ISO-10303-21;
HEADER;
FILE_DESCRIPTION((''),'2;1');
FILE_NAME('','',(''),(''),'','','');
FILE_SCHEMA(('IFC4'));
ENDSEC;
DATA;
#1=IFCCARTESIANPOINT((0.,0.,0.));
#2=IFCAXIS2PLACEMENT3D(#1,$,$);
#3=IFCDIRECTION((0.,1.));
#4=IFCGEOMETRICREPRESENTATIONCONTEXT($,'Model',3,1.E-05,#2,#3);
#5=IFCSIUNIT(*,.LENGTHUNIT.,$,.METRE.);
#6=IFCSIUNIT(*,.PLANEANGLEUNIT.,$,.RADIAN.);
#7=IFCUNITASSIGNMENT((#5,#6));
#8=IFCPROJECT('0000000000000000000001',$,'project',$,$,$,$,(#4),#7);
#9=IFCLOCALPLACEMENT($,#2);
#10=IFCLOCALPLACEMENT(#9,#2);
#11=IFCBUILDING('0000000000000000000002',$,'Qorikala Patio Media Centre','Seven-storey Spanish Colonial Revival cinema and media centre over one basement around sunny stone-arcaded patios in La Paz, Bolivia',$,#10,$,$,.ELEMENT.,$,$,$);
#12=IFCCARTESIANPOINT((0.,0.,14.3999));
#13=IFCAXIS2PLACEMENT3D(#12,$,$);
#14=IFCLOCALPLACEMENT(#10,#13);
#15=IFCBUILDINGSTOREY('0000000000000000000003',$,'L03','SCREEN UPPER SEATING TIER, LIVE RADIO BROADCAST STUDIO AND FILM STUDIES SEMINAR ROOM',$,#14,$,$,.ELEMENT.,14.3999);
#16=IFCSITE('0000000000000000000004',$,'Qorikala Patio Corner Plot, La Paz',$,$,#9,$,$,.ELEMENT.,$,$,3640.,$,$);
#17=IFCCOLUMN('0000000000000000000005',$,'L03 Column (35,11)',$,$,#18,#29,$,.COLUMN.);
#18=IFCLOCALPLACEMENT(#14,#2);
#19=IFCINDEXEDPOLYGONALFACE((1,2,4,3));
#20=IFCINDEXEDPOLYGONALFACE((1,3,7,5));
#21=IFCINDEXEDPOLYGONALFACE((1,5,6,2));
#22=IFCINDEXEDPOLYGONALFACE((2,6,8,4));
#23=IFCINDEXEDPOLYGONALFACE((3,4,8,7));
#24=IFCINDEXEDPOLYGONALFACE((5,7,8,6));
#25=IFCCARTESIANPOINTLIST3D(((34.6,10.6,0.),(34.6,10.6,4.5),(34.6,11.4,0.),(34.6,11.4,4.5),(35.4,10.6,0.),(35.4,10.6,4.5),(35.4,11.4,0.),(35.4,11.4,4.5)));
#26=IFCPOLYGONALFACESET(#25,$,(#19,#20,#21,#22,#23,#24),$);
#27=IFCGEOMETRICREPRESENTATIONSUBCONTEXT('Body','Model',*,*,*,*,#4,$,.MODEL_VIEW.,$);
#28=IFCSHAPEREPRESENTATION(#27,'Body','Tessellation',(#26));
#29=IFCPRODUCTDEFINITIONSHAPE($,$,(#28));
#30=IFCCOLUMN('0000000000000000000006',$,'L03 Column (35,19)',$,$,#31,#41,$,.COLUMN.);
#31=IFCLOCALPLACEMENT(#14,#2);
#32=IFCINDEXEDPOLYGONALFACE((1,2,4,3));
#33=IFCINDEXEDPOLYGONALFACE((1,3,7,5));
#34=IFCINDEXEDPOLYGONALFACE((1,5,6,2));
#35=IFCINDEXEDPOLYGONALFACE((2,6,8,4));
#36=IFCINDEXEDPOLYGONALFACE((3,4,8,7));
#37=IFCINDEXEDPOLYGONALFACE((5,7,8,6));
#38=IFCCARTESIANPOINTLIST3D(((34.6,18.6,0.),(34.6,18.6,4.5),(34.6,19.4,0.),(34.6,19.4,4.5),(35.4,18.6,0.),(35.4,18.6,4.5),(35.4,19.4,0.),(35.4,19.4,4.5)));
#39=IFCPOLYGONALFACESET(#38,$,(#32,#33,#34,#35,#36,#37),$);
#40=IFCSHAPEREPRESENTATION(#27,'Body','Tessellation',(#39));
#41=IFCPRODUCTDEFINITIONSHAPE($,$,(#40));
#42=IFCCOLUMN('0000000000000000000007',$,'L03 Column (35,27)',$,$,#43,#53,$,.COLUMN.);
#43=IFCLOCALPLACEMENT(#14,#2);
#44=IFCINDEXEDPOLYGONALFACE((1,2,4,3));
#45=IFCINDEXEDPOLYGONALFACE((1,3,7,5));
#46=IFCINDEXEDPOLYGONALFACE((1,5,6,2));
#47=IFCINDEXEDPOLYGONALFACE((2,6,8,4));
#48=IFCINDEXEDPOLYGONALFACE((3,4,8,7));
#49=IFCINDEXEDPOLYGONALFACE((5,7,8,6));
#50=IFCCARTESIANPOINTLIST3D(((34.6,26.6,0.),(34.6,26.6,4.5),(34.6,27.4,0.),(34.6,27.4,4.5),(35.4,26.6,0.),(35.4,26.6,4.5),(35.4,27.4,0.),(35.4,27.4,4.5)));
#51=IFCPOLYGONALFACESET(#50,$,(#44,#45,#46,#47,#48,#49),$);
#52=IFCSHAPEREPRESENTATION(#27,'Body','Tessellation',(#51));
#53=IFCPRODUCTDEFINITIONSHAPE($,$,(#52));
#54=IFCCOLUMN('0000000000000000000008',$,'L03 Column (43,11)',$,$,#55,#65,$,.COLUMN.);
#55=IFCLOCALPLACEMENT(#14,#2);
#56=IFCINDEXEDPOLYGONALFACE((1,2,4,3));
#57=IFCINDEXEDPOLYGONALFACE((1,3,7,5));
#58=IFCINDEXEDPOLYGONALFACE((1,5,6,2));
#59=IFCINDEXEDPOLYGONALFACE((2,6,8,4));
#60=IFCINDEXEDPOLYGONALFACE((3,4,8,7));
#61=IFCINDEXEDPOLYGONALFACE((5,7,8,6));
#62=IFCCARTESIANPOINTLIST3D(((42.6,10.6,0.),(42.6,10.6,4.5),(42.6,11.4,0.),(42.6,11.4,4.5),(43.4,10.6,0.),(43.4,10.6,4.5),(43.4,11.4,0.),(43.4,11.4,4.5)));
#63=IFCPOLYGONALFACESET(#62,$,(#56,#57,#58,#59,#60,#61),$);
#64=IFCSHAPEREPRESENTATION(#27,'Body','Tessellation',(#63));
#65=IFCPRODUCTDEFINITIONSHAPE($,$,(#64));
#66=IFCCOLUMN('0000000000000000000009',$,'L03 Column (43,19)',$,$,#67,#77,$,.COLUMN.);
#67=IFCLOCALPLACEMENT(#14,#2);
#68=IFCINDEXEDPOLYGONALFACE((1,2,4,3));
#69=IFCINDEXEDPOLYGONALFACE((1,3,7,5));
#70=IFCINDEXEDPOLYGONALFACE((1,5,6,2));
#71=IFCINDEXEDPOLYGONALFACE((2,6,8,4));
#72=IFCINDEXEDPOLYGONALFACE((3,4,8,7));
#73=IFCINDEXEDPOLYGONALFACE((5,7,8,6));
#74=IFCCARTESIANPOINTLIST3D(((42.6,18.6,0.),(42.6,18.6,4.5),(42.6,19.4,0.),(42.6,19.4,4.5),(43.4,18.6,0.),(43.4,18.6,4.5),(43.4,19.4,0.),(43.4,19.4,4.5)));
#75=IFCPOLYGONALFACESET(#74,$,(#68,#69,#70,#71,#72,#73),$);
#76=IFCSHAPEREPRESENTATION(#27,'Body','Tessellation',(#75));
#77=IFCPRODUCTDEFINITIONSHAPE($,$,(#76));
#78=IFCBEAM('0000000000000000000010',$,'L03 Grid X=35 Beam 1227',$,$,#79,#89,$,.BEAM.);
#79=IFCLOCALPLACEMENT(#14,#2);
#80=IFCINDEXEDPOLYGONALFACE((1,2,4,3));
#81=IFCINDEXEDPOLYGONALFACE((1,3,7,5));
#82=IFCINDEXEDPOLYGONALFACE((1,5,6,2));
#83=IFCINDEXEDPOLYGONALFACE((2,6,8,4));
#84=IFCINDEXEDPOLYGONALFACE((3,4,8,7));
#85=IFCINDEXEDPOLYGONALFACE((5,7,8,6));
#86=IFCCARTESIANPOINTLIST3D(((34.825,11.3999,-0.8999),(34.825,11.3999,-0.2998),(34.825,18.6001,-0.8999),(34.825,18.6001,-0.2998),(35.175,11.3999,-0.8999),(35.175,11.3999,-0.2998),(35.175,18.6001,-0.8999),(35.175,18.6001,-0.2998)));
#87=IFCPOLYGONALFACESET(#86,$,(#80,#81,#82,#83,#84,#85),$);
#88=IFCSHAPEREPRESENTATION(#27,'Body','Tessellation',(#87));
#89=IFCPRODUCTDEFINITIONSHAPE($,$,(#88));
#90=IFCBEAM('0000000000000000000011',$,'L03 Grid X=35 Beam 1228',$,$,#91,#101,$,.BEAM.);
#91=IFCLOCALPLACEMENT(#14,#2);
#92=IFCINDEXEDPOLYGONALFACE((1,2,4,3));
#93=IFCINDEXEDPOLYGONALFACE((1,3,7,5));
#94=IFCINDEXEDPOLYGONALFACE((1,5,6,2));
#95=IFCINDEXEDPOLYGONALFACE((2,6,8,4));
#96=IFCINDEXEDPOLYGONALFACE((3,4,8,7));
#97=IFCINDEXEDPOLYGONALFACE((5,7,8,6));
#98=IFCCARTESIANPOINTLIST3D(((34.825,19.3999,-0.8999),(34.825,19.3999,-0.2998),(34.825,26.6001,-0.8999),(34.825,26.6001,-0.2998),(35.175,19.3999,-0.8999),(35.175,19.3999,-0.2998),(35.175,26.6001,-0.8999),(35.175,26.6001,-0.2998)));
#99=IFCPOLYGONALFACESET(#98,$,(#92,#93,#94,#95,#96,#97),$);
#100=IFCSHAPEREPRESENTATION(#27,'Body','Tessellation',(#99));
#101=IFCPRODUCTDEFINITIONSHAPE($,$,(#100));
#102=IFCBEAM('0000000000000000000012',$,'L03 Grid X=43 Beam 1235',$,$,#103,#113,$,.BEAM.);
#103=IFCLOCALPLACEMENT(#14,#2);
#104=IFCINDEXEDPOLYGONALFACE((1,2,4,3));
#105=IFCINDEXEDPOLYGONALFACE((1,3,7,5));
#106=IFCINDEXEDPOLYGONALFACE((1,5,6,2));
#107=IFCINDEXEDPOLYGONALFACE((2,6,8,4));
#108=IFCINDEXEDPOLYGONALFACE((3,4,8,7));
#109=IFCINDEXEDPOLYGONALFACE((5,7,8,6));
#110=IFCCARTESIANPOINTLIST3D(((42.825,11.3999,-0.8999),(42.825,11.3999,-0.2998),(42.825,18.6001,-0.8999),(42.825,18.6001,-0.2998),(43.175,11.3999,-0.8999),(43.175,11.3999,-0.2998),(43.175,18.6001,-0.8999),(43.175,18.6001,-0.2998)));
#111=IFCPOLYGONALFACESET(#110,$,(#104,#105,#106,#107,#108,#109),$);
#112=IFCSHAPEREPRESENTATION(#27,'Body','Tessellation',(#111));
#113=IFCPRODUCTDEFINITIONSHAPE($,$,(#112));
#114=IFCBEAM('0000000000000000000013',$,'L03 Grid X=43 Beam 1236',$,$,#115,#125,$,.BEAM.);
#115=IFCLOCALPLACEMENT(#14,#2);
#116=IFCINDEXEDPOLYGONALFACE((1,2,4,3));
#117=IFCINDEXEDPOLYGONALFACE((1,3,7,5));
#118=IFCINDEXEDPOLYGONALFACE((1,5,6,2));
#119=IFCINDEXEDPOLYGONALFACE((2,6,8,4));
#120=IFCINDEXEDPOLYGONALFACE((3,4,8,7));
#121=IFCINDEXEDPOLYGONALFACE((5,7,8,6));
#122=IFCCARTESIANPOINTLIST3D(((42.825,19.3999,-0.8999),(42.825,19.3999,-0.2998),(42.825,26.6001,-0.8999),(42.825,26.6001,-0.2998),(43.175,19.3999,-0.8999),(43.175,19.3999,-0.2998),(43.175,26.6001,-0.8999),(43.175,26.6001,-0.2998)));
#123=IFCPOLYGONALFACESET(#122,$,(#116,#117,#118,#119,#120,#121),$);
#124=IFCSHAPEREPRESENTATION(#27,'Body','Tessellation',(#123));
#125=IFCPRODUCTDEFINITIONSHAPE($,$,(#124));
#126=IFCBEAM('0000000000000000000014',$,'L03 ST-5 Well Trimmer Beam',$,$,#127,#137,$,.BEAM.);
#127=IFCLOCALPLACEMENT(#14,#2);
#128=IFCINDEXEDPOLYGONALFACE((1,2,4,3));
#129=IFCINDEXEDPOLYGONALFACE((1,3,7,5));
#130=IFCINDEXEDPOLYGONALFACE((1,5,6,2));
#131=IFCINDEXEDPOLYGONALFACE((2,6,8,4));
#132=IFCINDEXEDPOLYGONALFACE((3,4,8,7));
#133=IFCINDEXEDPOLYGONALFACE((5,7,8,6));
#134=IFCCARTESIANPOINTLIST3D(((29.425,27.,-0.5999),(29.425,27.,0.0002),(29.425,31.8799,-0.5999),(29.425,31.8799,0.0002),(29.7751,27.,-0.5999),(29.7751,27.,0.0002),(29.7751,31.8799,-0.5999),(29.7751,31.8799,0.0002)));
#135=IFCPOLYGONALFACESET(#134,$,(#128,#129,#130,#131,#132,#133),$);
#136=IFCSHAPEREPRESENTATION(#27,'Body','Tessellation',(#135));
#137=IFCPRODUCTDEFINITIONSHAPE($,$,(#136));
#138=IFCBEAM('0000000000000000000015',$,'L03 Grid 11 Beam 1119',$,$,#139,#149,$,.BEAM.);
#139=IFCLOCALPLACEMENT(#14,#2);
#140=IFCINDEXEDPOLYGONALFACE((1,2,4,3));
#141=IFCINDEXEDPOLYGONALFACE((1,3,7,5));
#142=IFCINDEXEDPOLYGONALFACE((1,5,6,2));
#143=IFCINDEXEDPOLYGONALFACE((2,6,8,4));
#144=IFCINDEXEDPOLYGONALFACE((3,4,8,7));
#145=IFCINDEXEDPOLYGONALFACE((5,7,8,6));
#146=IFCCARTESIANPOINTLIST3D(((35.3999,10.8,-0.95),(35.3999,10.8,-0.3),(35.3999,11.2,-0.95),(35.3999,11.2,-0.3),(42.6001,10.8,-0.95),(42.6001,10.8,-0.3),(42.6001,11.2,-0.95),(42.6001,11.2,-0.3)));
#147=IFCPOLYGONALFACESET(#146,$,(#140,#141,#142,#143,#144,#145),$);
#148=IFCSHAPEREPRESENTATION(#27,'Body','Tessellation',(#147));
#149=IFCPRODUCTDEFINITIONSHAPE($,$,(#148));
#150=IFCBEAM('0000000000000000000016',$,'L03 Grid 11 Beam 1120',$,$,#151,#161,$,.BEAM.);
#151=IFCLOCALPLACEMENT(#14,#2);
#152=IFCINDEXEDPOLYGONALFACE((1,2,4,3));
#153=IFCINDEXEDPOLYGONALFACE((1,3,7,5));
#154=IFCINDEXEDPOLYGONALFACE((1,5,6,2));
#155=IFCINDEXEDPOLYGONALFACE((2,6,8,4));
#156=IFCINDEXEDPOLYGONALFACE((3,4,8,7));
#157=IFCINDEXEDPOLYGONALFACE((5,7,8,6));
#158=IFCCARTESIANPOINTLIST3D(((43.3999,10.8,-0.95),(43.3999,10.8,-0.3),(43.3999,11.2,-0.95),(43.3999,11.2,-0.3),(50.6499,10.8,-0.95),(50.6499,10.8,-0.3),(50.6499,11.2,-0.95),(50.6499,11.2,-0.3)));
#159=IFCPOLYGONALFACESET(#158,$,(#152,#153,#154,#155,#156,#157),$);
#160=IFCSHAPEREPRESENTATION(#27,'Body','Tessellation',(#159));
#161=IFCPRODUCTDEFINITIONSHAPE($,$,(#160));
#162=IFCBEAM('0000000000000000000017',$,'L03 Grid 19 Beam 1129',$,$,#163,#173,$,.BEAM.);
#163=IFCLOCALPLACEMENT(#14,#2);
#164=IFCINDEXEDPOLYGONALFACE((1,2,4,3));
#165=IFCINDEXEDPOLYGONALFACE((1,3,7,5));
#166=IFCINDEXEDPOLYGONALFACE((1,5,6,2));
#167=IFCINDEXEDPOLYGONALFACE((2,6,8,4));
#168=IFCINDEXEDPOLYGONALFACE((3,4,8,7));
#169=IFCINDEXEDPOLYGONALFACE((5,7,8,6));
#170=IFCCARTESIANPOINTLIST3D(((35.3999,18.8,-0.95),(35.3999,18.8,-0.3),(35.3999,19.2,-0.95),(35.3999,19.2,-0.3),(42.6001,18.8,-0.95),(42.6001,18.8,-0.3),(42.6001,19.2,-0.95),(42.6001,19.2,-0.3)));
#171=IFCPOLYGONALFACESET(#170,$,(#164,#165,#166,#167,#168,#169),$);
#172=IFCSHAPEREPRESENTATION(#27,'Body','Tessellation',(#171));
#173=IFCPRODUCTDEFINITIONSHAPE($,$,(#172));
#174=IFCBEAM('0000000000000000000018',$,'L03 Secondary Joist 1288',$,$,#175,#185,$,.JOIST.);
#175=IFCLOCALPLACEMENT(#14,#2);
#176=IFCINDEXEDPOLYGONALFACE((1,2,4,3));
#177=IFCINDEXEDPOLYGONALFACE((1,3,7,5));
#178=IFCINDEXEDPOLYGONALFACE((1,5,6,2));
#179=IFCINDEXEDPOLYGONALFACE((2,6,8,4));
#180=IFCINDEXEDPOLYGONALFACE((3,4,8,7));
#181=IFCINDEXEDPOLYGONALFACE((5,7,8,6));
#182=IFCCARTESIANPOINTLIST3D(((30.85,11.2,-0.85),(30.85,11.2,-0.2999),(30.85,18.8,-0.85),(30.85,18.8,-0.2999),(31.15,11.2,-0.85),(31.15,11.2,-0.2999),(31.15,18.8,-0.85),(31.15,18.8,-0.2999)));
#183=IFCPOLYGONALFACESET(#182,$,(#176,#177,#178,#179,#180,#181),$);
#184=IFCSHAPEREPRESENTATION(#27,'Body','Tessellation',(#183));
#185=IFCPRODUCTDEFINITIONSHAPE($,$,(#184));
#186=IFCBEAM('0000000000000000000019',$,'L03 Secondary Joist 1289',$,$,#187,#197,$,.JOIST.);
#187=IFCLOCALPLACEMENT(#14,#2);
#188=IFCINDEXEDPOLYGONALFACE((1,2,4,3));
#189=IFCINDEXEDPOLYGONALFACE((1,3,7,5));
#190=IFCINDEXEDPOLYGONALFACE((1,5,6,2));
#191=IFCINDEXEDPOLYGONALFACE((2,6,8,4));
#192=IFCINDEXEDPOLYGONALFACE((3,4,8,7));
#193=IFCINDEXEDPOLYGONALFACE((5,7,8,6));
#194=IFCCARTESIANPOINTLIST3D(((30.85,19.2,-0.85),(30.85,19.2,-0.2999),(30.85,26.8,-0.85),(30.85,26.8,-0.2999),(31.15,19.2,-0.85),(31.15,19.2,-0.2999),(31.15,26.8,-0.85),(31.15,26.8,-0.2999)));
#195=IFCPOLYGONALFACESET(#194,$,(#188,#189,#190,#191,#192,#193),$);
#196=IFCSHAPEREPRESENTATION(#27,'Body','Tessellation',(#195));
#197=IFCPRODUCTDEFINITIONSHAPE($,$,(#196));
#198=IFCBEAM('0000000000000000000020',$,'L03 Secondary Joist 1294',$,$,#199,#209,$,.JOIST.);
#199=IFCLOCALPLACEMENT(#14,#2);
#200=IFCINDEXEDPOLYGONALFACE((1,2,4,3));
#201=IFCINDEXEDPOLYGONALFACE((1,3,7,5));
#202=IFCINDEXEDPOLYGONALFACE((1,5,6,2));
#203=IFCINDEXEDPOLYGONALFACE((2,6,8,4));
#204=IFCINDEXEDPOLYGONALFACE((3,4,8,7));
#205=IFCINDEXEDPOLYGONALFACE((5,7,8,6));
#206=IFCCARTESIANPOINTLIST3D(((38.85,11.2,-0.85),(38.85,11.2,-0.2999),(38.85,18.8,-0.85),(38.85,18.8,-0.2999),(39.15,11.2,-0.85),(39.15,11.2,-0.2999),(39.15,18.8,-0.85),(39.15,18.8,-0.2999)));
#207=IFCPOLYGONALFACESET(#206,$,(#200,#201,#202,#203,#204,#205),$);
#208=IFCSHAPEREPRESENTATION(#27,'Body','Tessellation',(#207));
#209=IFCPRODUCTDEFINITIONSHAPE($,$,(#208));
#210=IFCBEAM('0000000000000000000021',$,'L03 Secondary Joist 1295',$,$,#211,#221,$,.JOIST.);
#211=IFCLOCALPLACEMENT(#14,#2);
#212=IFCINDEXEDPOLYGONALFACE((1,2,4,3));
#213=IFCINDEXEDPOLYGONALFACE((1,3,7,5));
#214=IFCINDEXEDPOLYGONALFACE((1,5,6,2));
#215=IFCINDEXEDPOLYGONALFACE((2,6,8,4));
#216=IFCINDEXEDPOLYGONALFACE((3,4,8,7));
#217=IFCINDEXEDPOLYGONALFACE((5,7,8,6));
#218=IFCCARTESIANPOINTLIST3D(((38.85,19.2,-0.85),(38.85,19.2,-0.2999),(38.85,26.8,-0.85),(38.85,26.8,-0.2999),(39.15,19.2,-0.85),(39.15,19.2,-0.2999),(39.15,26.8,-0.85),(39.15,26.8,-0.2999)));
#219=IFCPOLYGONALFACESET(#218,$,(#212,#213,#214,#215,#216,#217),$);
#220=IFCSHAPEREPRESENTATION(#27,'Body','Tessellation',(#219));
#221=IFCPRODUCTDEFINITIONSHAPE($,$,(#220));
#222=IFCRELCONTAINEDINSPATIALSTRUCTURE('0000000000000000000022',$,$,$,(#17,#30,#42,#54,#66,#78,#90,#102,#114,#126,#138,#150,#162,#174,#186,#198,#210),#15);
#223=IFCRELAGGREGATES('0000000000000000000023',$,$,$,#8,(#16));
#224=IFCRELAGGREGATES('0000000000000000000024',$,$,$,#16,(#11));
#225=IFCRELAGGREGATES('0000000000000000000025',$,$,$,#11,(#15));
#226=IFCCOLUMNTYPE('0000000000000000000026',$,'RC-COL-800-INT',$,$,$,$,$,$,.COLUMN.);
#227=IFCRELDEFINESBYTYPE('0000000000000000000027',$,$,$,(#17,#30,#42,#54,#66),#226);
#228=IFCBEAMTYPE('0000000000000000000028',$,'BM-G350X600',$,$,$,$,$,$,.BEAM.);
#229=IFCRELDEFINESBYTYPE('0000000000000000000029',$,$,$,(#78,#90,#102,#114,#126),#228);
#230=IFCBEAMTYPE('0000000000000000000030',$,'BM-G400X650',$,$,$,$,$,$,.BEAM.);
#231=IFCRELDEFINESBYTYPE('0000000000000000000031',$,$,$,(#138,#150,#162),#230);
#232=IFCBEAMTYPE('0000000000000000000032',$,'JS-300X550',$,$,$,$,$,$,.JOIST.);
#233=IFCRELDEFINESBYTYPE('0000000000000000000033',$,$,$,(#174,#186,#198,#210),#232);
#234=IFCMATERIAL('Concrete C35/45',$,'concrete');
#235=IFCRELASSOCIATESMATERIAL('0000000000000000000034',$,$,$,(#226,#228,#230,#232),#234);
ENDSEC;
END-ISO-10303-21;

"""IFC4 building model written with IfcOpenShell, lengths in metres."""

from ifc_helpers import new_model, si_unit, direction, frame, origin, origin_2d, place, context, subcontext, project, spatial, rectangle, extrude, material, material_profile, profile_set, type_object, element, save


model = new_model("IFC4")

# Units and contexts
model_context = context("Model", 3, precision=1e-05, world=origin(), true_north=direction((0.0, 1.0)))
body_context = subcontext(model_context, "Body", "Model", "MODEL_VIEW")
ifc_project = project(units=[si_unit("LENGTHUNIT", "METRE"), si_unit("PLANEANGLEUNIT", "RADIAN")], contexts=[model_context])

# Site, building, storey
site_placement = place(None, origin())
site = spatial("IfcSite", under=ifc_project, at=site_placement, Name="Qorikala Patio Corner Plot, La Paz", CompositionType="ELEMENT", RefElevation=3640.0)
building_placement = place(site_placement, origin())
building = spatial("IfcBuilding", under=site, at=building_placement, Name="Qorikala Patio Media Centre", Description="Seven-storey Spanish Colonial Revival cinema and media centre over one basement around sunny stone-arcaded patios in La Paz, Bolivia", CompositionType="ELEMENT")
storey_placement = place(building_placement, frame((0.0, 0.0, 14.3999)))
storey = spatial("IfcBuildingStorey", under=building, at=storey_placement, Name="L03", Description="SCREEN UPPER SEATING TIER, LIVE RADIO BROADCAST STUDIO AND FILM STUDIES SEMINAR ROOM", CompositionType="ELEMENT", Elevation=14.3999)

# Columns
ifc_material_1 = material(Name="Concrete C35/45", Category="concrete")
ifc_material_profile_1 = material_profile(ifc_material_1, rectangle(XDim=0.8, YDim=0.8, at=origin_2d()), Name="RC 800x800")
ifc_profile_set_1 = profile_set([ifc_material_profile_1], Name="Concrete C35/45")
column_type = type_object("IfcColumnType", Name="RC-COL-800-INT", PredefinedType="COLUMN", material=ifc_profile_set_1)
for number, where, z_axis, x_axis, name in (
    (1, (35.0, 11.0, 0.0), (0.0, 0.0, 1.0), (1.0, 0.0, 0.0), "L03 Column (35,11)"),
    (2, (35.0, 19.0, 0.0), (0.0, 0.0, 1.0), (1.0, 0.0, 0.0), "L03 Column (35,19)"),
    (3, (35.0, 27.0, 0.0), (0.0, 0.0, 1.0), (1.0, 0.0, 0.0), "L03 Column (35,27)"),
    (4, (43.0, 11.0, 0.0), (0.0, 0.0, 1.0), (1.0, 0.0, 0.0), "L03 Column (43,11)"),
    (5, (43.0, 19.0, 0.0), (0.0, 0.0, 1.0), (1.0, 0.0, 0.0), "L03 Column (43,19)"),
):
    element("IfcColumn", number, at=place(storey_placement, frame(where, z_axis=z_axis, x_axis=x_axis)), inside=storey, type_object=column_type, Name=name, PredefinedType="COLUMN", context=body_context, shape_type="SweptSolid", body=[
        extrude(rectangle(XDim=0.8, YDim=0.8, at=origin_2d()), origin(), (0.0, 0.0, 1.0), 4.5),
    ])

# Beams
ifc_material_profile_2 = material_profile(ifc_material_1, rectangle(XDim=0.3501, YDim=0.6001, at=origin_2d()), Name="RC 350x600")
ifc_profile_set_2 = profile_set([ifc_material_profile_2], Name="Concrete C35/45")
beam_type_1 = type_object("IfcBeamType", Name="BM-G350X600", PredefinedType="BEAM", material=ifc_profile_set_2)
for number, where, z_axis, x_axis, name in (
    (6, (35.0, 11.3999, -0.5999), (0.0, 1.0, 0.0), (-1.0, 0.0, 0.0), "L03 Grid X=35 Beam 1227"),
    (7, (35.0, 19.3999, -0.5999), (0.0, 1.0, 0.0), (-1.0, 0.0, 0.0), "L03 Grid X=35 Beam 1228"),
    (8, (43.0, 11.3999, -0.5999), (0.0, 1.0, 0.0), (-1.0, 0.0, 0.0), "L03 Grid X=43 Beam 1235"),
    (9, (43.0, 19.3999, -0.5999), (0.0, 1.0, 0.0), (-1.0, 0.0, 0.0), "L03 Grid X=43 Beam 1236"),
):
    element("IfcBeam", number, at=place(storey_placement, frame(where, z_axis=z_axis, x_axis=x_axis)), inside=storey, type_object=beam_type_1, Name=name, PredefinedType="BEAM", context=body_context, shape_type="SweptSolid", body=[
        extrude(rectangle(XDim=0.3501, YDim=0.6001, at=origin_2d()), origin(), (0.0, 0.0, 1.0), 7.2002),
    ])
beam_1_placement = place(storey_placement, frame((29.6001, 27.0, -0.2998), z_axis=(0.0, 1.0, 0.0), x_axis=(-1.0, 0.0, 0.0)))
element("IfcBeam", 10, at=beam_1_placement, inside=storey, type_object=beam_type_1, Name="L03 ST-5 Well Trimmer Beam", PredefinedType="BEAM", context=body_context, shape_type="SweptSolid", body=[
    extrude(rectangle(XDim=0.3501, YDim=0.6001, at=origin_2d()), origin(), (0.0, 0.0, 1.0), 4.8799),
])
ifc_material_profile_3 = material_profile(ifc_material_1, rectangle(XDim=0.3999, YDim=0.6499, at=origin_2d()), Name="RC 400x650")
ifc_profile_set_3 = profile_set([ifc_material_profile_3], Name="Concrete C35/45")
beam_type_2 = type_object("IfcBeamType", Name="BM-G400X650", PredefinedType="BEAM", material=ifc_profile_set_3)
beam_2_placement = place(storey_placement, frame((35.3999, 11.0, -0.625), z_axis=(1.0, 0.0, 0.0), x_axis=(0.0, 1.0, 0.0)))
element("IfcBeam", 11, at=beam_2_placement, inside=storey, type_object=beam_type_2, Name="L03 Grid 11 Beam 1119", PredefinedType="BEAM", context=body_context, shape_type="SweptSolid", body=[
    extrude(rectangle(XDim=0.3999, YDim=0.6499, at=origin_2d()), origin(), (0.0, 0.0, 1.0), 7.2002),
])
beam_3_placement = place(storey_placement, frame((43.3999, 11.0, -0.625), z_axis=(1.0, 0.0, 0.0), x_axis=(0.0, 1.0, 0.0)))
element("IfcBeam", 12, at=beam_3_placement, inside=storey, type_object=beam_type_2, Name="L03 Grid 11 Beam 1120", PredefinedType="BEAM", context=body_context, shape_type="SweptSolid", body=[
    extrude(rectangle(XDim=0.3999, YDim=0.6499, at=origin_2d()), origin(), (0.0, 0.0, 1.0), 7.25),
])
beam_4_placement = place(storey_placement, frame((35.3999, 19.0, -0.625), z_axis=(1.0, 0.0, 0.0), x_axis=(0.0, 1.0, 0.0)))
element("IfcBeam", 13, at=beam_4_placement, inside=storey, type_object=beam_type_2, Name="L03 Grid 19 Beam 1129", PredefinedType="BEAM", context=body_context, shape_type="SweptSolid", body=[
    extrude(rectangle(XDim=0.3999, YDim=0.6499, at=origin_2d()), origin(), (0.0, 0.0, 1.0), 7.2002),
])
ifc_material_profile_4 = material_profile(ifc_material_1, rectangle(XDim=0.3, YDim=0.55, at=origin_2d()), Name="RC 300x550")
ifc_profile_set_4 = profile_set([ifc_material_profile_4], Name="Concrete C35/45")
beam_type_3 = type_object("IfcBeamType", Name="JS-300X550", PredefinedType="JOIST", material=ifc_profile_set_4)
for number, where, z_axis, x_axis, name in (
    (14, (31.0, 11.2, -0.575), (0.0, 1.0, 0.0), (-1.0, 0.0, 0.0), "L03 Secondary Joist 1288"),
    (15, (31.0, 19.2, -0.575), (0.0, 1.0, 0.0), (-1.0, 0.0, 0.0), "L03 Secondary Joist 1289"),
    (16, (39.0, 11.2, -0.575), (0.0, 1.0, 0.0), (-1.0, 0.0, 0.0), "L03 Secondary Joist 1294"),
    (17, (39.0, 19.2, -0.575), (0.0, 1.0, 0.0), (-1.0, 0.0, 0.0), "L03 Secondary Joist 1295"),
):
    element("IfcBeam", number, at=place(storey_placement, frame(where, z_axis=z_axis, x_axis=x_axis)), inside=storey, type_object=beam_type_3, Name=name, PredefinedType="JOIST", context=body_context, shape_type="SweptSolid", body=[
        extrude(rectangle(XDim=0.3, YDim=0.55, at=origin_2d()), origin(), (0.0, 0.0, 1.0), 7.6001),
    ])

save(model, "model.ifc")
